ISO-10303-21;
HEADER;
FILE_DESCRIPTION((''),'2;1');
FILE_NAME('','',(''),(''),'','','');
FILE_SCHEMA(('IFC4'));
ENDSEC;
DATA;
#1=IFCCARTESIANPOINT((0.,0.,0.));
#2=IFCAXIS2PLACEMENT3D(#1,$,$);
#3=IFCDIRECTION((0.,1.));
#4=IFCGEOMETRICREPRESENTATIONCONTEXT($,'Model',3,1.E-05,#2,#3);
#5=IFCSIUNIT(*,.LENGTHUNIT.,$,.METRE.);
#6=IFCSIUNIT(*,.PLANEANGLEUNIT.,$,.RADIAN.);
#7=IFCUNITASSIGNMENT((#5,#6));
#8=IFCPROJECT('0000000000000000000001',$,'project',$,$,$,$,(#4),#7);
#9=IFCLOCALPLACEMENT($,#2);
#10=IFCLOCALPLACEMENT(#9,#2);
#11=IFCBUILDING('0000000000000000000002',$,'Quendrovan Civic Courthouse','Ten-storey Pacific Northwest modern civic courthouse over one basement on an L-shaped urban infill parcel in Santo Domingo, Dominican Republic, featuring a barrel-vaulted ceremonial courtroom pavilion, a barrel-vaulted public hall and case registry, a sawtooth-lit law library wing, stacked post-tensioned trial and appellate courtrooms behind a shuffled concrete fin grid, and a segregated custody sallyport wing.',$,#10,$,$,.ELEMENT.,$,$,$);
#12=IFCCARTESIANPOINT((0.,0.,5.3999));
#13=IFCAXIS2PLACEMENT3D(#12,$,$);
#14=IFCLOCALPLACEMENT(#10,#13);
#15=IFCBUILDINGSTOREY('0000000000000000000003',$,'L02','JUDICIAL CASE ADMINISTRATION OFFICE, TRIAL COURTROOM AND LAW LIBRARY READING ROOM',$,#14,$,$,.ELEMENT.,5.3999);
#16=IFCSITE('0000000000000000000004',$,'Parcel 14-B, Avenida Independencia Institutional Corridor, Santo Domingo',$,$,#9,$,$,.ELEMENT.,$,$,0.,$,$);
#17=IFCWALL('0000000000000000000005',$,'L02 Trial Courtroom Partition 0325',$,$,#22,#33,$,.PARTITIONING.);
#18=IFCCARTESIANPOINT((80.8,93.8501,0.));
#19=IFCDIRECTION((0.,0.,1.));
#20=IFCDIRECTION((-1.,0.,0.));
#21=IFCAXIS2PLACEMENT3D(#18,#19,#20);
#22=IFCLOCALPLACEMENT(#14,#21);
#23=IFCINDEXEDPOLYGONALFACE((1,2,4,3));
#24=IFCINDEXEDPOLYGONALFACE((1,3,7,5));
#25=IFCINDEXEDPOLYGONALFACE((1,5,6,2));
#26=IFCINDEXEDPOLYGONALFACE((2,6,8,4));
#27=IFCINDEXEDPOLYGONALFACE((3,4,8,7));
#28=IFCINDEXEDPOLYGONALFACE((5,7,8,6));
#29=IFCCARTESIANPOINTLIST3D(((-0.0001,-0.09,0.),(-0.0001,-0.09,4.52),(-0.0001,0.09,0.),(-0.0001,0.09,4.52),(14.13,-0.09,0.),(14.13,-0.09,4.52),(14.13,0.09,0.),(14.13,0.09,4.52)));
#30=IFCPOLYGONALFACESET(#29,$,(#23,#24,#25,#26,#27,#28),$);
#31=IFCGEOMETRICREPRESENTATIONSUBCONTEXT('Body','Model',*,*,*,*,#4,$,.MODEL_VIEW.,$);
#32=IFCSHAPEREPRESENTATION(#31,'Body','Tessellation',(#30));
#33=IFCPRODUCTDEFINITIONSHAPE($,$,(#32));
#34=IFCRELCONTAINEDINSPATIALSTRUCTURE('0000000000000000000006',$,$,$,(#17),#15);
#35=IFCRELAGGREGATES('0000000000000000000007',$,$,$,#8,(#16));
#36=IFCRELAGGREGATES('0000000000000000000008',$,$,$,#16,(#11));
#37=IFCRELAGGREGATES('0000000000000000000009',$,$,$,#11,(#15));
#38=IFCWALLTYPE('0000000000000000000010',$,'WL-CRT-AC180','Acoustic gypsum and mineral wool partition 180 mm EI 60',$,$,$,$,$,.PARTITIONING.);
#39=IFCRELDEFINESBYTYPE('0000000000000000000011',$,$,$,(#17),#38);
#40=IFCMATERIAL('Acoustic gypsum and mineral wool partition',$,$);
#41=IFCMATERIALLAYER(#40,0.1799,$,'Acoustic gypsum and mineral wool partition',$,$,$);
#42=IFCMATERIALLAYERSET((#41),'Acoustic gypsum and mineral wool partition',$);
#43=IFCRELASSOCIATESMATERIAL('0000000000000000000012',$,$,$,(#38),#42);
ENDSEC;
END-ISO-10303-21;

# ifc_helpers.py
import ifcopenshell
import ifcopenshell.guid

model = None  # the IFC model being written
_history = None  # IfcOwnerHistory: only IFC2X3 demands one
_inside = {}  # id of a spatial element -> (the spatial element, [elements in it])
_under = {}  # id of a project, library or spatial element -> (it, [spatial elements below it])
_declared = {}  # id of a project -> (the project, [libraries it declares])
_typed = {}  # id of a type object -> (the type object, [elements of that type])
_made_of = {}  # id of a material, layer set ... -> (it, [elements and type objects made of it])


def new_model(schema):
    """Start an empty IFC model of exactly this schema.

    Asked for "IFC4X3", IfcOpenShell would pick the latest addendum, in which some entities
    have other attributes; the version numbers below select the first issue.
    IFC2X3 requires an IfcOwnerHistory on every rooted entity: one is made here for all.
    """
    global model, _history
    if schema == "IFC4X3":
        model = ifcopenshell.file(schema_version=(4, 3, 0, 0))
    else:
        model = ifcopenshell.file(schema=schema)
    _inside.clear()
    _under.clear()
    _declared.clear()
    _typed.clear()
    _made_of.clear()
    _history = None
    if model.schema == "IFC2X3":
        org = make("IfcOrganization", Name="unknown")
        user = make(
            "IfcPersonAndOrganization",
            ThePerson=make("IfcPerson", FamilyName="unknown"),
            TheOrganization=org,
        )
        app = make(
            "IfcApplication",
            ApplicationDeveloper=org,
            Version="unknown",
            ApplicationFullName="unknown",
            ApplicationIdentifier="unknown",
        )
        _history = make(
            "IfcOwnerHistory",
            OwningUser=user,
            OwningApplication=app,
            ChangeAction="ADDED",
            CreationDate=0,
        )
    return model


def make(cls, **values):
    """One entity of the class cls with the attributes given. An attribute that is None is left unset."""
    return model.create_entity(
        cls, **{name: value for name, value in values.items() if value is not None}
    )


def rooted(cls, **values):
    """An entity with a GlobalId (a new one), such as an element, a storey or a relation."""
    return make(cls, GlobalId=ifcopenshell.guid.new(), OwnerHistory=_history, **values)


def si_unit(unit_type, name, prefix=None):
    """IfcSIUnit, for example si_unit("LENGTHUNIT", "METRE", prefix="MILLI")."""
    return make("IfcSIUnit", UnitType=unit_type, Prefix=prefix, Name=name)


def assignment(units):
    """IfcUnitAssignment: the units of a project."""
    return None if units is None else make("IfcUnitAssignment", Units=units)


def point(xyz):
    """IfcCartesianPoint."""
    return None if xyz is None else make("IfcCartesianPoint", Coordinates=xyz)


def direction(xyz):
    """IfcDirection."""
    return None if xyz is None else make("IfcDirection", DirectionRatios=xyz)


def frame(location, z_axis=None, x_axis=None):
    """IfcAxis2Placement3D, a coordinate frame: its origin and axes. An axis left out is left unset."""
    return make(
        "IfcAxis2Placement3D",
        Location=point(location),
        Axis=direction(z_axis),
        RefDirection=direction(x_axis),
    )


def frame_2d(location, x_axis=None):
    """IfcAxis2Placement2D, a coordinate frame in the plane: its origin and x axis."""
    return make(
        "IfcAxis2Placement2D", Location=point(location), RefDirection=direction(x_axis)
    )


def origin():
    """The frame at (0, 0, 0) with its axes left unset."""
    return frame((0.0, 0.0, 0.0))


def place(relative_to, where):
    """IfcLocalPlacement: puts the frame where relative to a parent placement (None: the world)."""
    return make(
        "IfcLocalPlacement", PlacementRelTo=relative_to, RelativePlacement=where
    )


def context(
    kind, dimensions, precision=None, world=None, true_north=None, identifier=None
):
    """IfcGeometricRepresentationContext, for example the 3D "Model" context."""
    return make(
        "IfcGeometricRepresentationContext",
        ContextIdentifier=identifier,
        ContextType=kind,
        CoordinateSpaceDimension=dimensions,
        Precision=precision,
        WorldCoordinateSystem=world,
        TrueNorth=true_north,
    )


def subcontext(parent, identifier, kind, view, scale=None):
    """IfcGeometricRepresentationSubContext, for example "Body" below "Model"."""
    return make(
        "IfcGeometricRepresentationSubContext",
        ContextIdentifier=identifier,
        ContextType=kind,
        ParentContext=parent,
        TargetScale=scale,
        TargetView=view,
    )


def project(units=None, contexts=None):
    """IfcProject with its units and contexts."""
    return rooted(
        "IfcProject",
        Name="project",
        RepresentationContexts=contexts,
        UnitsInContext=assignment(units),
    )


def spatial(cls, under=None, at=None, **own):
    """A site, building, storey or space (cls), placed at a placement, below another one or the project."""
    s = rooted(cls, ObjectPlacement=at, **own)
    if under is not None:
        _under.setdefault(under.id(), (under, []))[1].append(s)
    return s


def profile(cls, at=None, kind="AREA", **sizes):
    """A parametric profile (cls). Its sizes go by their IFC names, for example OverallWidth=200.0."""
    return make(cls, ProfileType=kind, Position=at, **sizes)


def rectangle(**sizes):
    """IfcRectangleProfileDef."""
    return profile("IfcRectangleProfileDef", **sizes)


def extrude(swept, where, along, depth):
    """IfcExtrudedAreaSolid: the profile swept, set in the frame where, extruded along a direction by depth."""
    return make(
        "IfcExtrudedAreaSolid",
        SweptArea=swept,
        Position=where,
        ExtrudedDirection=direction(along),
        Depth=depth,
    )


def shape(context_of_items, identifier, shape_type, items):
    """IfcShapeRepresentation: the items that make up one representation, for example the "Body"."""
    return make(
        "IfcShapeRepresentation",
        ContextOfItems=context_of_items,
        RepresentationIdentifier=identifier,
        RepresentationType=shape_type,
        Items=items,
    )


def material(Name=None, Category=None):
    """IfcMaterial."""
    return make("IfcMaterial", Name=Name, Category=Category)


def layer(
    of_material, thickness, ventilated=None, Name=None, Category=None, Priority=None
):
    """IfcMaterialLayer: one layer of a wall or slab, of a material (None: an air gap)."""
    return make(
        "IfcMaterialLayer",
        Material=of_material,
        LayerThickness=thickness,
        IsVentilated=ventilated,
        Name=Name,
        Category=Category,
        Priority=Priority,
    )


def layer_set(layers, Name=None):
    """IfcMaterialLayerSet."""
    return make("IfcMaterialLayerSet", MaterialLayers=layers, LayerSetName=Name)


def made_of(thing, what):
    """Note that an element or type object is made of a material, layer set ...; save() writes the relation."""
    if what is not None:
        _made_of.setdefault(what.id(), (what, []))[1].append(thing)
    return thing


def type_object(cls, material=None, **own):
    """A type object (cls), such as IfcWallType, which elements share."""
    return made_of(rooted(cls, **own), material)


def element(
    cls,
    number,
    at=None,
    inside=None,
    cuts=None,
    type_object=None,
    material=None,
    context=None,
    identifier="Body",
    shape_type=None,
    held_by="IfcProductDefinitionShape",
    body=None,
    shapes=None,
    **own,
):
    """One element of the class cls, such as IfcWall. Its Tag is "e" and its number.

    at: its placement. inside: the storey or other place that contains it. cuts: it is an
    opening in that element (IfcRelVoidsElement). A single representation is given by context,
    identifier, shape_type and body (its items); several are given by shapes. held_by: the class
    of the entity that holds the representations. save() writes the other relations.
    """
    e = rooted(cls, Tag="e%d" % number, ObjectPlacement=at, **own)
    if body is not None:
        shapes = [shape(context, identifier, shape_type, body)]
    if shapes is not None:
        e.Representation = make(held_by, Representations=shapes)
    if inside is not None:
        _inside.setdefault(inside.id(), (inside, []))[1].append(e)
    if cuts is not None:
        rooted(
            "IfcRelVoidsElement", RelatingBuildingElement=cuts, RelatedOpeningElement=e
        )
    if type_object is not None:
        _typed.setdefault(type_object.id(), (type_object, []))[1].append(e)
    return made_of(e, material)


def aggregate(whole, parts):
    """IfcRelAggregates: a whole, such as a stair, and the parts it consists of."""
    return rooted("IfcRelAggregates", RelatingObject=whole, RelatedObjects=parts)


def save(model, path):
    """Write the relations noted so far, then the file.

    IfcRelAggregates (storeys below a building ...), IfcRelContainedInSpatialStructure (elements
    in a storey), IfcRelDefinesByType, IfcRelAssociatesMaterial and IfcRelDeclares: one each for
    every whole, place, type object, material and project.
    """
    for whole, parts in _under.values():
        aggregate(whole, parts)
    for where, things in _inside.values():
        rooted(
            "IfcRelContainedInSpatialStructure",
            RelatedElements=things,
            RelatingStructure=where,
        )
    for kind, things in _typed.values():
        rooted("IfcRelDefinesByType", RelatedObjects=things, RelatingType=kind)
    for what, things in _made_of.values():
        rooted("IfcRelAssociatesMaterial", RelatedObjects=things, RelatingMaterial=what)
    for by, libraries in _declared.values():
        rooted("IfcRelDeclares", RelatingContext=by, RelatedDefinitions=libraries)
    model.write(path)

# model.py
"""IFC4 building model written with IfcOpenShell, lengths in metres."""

from ifc_helpers import new_model, si_unit, direction, frame, frame_2d, origin, place, context, subcontext, project, spatial, rectangle, extrude, material, layer, layer_set, type_object, element, save


model = new_model("IFC4")

# Units and contexts
model_context = context("Model", 3, precision=1e-05, world=origin(), true_north=direction((0.0, 1.0)))
body_context = subcontext(model_context, "Body", "Model", "MODEL_VIEW")
ifc_project = project(units=[si_unit("LENGTHUNIT", "METRE"), si_unit("PLANEANGLEUNIT", "RADIAN")], contexts=[model_context])

# Site, building, storey
site_placement = place(None, origin())
site = spatial("IfcSite", under=ifc_project, at=site_placement, Name="Parcel 14-B, Avenida Independencia Institutional Corridor, Santo Domingo", CompositionType="ELEMENT", RefElevation=0.0)
building_placement = place(site_placement, origin())
building = spatial("IfcBuilding", under=site, at=building_placement, Name="Quendrovan Civic Courthouse", Description="Ten-storey Pacific Northwest modern civic courthouse over one basement on an L-shaped urban infill parcel in Santo Domingo, Dominican Republic, featuring a barrel-vaulted ceremonial courtroom pavilion, a barrel-vaulted public hall and case registry, a sawtooth-lit law library wing, stacked post-tensioned trial and appellate courtrooms behind a shuffled concrete fin grid, and a segregated custody sallyport wing.", CompositionType="ELEMENT")
storey_placement = place(building_placement, frame((0.0, 0.0, 5.3999)))
storey = spatial("IfcBuildingStorey", under=building, at=storey_placement, Name="L02", Description="JUDICIAL CASE ADMINISTRATION OFFICE, TRIAL COURTROOM AND LAW LIBRARY READING ROOM", CompositionType="ELEMENT", Elevation=5.3999)

# Wall
ifc_material_1 = material(Name="Acoustic gypsum and mineral wool partition")
ifc_layer_1 = layer(ifc_material_1, 0.1799, Name="Acoustic gypsum and mineral wool partition")
ifc_layer_set_1 = layer_set([ifc_layer_1], Name="Acoustic gypsum and mineral wool partition")
wall_type_1 = type_object("IfcWallType", Name="WL-CRT-AC180", Description="Acoustic gypsum and mineral wool partition 180 mm EI 60", PredefinedType="PARTITIONING", material=ifc_layer_set_1)
wall_1_placement = place(storey_placement, frame((80.8, 93.8501, 0.0), z_axis=(0.0, 0.0, 1.0), x_axis=(-1.0, 0.0, 0.0)))
element("IfcWall", 1, at=wall_1_placement, inside=storey, type_object=wall_type_1, Name="L02 Trial Courtroom Partition 0325", PredefinedType="PARTITIONING", context=body_context, shape_type="SweptSolid", body=[
    extrude(rectangle(XDim=14.1301, YDim=0.1799, at=frame_2d((7.0649, 0.0))), origin(), (0.0, 0.0, 1.0), 4.52),
])

save(model, "model.ifc")
